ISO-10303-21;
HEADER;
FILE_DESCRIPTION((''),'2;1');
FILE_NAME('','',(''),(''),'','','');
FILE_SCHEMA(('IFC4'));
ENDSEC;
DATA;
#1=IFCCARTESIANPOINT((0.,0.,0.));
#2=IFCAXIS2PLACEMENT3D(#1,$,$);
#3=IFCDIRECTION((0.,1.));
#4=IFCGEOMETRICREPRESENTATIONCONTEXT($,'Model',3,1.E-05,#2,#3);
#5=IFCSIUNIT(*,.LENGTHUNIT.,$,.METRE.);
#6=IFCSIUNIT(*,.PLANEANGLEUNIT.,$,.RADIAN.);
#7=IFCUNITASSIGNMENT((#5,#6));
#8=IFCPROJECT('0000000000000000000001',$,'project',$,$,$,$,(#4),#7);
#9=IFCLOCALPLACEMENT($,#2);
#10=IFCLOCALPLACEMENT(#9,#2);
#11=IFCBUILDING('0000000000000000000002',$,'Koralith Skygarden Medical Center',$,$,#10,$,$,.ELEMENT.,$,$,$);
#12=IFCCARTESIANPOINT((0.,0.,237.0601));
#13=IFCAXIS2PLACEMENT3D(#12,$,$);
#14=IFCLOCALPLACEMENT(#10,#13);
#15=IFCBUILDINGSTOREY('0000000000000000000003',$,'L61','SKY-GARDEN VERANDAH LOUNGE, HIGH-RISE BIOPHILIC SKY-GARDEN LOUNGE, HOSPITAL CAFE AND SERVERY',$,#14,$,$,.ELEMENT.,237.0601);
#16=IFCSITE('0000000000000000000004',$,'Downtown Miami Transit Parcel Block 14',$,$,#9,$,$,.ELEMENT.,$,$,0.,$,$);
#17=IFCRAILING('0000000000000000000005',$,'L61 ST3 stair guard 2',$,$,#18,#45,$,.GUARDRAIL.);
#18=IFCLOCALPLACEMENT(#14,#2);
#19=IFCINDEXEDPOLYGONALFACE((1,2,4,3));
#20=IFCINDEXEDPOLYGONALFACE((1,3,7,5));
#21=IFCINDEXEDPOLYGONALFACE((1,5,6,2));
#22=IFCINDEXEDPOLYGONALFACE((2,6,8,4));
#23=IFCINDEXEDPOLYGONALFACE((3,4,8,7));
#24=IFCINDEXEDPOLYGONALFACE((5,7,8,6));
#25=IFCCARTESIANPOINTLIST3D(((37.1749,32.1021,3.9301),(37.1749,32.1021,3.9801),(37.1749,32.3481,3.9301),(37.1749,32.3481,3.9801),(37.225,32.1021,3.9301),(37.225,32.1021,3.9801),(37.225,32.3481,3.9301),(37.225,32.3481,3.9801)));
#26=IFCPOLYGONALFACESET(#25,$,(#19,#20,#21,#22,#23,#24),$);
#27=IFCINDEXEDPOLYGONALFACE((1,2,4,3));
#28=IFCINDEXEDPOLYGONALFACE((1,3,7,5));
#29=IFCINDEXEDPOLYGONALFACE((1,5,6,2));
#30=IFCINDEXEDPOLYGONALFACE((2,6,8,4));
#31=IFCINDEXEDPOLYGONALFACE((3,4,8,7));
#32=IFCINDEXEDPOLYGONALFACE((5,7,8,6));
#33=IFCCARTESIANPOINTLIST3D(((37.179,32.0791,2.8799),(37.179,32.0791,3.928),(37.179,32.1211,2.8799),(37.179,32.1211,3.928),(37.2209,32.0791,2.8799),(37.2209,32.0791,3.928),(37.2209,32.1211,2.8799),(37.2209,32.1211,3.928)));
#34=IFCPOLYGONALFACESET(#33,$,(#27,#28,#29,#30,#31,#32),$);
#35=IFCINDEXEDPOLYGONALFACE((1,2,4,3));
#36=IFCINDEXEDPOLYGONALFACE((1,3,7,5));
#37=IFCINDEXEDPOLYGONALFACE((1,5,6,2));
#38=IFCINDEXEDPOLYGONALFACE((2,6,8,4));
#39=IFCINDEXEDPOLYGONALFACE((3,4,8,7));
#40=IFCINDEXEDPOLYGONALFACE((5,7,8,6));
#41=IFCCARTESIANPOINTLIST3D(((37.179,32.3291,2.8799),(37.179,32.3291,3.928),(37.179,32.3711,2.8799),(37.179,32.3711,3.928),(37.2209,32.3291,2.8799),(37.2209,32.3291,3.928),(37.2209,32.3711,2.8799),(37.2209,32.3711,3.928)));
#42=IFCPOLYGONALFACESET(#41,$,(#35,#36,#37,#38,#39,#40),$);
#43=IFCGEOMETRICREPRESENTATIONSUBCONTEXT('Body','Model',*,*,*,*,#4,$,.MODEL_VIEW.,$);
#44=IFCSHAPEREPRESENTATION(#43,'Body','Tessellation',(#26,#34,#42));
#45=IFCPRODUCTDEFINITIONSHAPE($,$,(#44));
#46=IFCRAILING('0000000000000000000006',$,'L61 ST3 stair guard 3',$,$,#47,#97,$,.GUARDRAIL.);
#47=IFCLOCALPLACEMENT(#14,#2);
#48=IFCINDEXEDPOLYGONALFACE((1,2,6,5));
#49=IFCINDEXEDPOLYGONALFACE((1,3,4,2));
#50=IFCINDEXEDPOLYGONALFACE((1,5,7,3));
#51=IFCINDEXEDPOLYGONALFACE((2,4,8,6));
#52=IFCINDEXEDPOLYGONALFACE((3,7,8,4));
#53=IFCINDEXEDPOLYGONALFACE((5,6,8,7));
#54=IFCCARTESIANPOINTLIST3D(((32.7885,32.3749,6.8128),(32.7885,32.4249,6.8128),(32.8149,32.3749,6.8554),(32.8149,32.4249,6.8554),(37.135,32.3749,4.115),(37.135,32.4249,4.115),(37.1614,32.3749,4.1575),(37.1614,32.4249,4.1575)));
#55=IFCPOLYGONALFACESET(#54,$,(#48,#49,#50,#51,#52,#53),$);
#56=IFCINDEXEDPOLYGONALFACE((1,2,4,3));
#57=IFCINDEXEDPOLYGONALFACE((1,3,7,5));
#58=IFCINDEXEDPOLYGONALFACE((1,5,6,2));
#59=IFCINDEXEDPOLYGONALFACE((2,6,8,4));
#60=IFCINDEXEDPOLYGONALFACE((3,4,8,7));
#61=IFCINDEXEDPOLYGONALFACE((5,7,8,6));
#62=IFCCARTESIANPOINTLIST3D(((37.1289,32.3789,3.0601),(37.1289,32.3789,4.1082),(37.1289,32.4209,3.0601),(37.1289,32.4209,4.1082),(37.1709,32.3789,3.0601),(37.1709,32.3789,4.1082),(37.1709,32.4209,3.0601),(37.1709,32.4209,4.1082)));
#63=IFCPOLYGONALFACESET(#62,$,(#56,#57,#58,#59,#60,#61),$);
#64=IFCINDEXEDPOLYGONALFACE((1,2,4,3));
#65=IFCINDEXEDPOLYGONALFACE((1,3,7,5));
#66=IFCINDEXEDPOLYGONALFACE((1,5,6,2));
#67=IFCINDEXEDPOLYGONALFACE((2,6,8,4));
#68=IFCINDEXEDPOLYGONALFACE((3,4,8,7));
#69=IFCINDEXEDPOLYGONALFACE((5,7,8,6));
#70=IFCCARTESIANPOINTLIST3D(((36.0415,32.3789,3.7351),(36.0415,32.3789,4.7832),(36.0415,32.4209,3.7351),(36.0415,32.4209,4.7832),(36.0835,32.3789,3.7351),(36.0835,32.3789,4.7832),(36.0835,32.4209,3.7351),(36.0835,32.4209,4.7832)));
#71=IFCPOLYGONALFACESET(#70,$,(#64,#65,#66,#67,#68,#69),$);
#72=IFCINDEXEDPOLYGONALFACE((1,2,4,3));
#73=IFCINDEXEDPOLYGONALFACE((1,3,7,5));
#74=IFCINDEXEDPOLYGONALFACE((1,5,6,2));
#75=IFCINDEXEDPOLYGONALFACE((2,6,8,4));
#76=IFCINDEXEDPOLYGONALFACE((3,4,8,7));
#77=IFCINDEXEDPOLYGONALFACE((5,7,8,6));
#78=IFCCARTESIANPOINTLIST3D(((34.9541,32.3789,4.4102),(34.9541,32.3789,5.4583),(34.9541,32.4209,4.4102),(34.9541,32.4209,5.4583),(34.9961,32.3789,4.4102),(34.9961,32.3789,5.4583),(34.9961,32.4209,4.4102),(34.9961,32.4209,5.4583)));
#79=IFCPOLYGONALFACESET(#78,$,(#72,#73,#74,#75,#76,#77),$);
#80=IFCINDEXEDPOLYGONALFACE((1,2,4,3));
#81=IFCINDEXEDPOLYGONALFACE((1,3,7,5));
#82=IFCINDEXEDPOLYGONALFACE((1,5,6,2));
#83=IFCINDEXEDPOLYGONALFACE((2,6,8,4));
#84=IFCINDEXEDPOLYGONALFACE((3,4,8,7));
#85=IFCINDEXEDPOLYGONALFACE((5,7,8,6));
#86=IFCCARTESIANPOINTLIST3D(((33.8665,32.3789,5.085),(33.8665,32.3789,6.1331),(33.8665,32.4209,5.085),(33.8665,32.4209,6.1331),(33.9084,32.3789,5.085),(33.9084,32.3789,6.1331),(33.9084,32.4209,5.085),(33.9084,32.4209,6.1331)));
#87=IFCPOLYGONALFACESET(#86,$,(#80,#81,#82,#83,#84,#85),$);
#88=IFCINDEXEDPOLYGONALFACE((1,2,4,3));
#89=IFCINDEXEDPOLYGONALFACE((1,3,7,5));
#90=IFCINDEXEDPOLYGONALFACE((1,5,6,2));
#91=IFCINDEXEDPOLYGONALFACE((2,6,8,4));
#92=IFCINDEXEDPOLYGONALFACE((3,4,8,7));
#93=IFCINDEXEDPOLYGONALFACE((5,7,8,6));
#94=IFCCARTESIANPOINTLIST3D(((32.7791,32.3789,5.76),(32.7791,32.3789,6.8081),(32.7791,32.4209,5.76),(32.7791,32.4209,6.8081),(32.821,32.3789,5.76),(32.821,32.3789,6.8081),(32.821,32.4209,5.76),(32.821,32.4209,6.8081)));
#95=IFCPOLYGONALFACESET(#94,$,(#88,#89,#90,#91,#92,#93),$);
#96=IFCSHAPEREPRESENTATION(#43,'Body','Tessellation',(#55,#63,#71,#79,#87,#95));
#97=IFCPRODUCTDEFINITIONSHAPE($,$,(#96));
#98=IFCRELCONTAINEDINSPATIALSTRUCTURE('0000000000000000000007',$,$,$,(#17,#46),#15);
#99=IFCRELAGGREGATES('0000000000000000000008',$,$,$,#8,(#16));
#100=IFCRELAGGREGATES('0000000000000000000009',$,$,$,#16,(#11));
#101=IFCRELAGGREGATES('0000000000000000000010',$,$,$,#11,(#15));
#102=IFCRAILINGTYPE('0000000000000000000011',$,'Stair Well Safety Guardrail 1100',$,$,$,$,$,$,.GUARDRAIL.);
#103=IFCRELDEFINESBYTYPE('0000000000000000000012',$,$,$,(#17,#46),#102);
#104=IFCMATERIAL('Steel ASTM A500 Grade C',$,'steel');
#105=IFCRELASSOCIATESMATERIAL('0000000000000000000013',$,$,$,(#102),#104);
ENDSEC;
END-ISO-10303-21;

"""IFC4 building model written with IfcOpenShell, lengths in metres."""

from ifc_helpers import new_model, si_unit, direction, frame, origin, origin_2d, place, context, subcontext, project, spatial, rectangle, extrude, material, type_object, element, save


model = new_model("IFC4")

# Units and contexts
model_context = context("Model", 3, precision=1e-05, world=origin(), true_north=direction((0.0, 1.0)))
body_context = subcontext(model_context, "Body", "Model", "MODEL_VIEW")
ifc_project = project(units=[si_unit("LENGTHUNIT", "METRE"), si_unit("PLANEANGLEUNIT", "RADIAN")], contexts=[model_context])

# Site, building, storey
site_placement = place(None, origin())
site = spatial("IfcSite", under=ifc_project, at=site_placement, Name="Downtown Miami Transit Parcel Block 14", CompositionType="ELEMENT", RefElevation=0.0)
building_placement = place(site_placement, origin())
building = spatial("IfcBuilding", under=site, at=building_placement, Name="Koralith Skygarden Medical Center", CompositionType="ELEMENT")
storey_placement = place(building_placement, frame((0.0, 0.0, 237.0601)))
storey = spatial("IfcBuildingStorey", under=building, at=storey_placement, Name="L61", Description="SKY-GARDEN VERANDAH LOUNGE, HIGH-RISE BIOPHILIC SKY-GARDEN LOUNGE, HOSPITAL CAFE AND SERVERY", CompositionType="ELEMENT", Elevation=237.0601)

# Shared definitions
ifc_material_1 = material(Name="Steel ASTM A500 Grade C", Category="steel")

# Railings
railing_type_1 = type_object("IfcRailingType", Name="Stair Well Safety Guardrail 1100", PredefinedType="GUARDRAIL", material=ifc_material_1)
railing_1_placement = place(storey_placement, frame((37.2, 32.1001, 2.8799)))
element("IfcRailing", 1, at=railing_1_placement, inside=storey, type_object=railing_type_1, Name="L61 ST3 stair guard 2", PredefinedType="GUARDRAIL", context=body_context, shape_type="SweptSolid", body=[
    extrude(rectangle(XDim=0.05, YDim=0.05, at=origin_2d()), frame((0.0, 0.002, 1.0752), z_axis=(0.0, 1.0, 0.0), x_axis=(-1.0, 0.0, 0.0)), (0.0, 0.0, 1.0), 0.2461),
    extrude(rectangle(XDim=0.042, YDim=0.042, at=origin_2d()), origin(), (0.0, 0.0, 1.0), 1.0481),
    extrude(rectangle(XDim=0.042, YDim=0.042, at=origin_2d()), frame((0.0, 0.25, 0.0)), (0.0, 0.0, 1.0), 1.0481),
])
railing_2_placement = place(storey_placement, frame((37.1499, 32.3999, 3.0601)))
element("IfcRailing", 2, at=railing_2_placement, inside=storey, type_object=railing_type_1, Name="L61 ST3 stair guard 3", PredefinedType="GUARDRAIL", context=body_context, shape_type="SweptSolid", body=[
    extrude(rectangle(XDim=0.05, YDim=0.05, at=origin_2d()), frame((-0.0017, 0.0, 1.0762), z_axis=(-0.849636, 0.0, 0.527369), x_axis=(0.0, -1.0, 0.0)), (0.0, 0.0, 1.0), 5.1157),
    extrude(rectangle(XDim=0.042, YDim=0.042, at=origin_2d()), origin(), (0.0, 0.0, 1.0), 1.0481),
    extrude(rectangle(XDim=0.042, YDim=0.042, at=origin_2d()), frame((-1.0874, 0.0, 0.675)), (0.0, 0.0, 1.0), 1.0481),
    extrude(rectangle(XDim=0.042, YDim=0.042, at=origin_2d()), frame((-2.1748, 0.0, 1.3501)), (0.0, 0.0, 1.0), 1.0481),
    extrude(rectangle(XDim=0.042, YDim=0.042, at=origin_2d()), frame((-3.2625, 0.0, 2.0249)), (0.0, 0.0, 1.0), 1.0481),
    extrude(rectangle(XDim=0.042, YDim=0.042, at=origin_2d()), frame((-4.3499, 0.0, 2.7)), (0.0, 0.0, 1.0), 1.0481),
])

save(model, "model.ifc")
